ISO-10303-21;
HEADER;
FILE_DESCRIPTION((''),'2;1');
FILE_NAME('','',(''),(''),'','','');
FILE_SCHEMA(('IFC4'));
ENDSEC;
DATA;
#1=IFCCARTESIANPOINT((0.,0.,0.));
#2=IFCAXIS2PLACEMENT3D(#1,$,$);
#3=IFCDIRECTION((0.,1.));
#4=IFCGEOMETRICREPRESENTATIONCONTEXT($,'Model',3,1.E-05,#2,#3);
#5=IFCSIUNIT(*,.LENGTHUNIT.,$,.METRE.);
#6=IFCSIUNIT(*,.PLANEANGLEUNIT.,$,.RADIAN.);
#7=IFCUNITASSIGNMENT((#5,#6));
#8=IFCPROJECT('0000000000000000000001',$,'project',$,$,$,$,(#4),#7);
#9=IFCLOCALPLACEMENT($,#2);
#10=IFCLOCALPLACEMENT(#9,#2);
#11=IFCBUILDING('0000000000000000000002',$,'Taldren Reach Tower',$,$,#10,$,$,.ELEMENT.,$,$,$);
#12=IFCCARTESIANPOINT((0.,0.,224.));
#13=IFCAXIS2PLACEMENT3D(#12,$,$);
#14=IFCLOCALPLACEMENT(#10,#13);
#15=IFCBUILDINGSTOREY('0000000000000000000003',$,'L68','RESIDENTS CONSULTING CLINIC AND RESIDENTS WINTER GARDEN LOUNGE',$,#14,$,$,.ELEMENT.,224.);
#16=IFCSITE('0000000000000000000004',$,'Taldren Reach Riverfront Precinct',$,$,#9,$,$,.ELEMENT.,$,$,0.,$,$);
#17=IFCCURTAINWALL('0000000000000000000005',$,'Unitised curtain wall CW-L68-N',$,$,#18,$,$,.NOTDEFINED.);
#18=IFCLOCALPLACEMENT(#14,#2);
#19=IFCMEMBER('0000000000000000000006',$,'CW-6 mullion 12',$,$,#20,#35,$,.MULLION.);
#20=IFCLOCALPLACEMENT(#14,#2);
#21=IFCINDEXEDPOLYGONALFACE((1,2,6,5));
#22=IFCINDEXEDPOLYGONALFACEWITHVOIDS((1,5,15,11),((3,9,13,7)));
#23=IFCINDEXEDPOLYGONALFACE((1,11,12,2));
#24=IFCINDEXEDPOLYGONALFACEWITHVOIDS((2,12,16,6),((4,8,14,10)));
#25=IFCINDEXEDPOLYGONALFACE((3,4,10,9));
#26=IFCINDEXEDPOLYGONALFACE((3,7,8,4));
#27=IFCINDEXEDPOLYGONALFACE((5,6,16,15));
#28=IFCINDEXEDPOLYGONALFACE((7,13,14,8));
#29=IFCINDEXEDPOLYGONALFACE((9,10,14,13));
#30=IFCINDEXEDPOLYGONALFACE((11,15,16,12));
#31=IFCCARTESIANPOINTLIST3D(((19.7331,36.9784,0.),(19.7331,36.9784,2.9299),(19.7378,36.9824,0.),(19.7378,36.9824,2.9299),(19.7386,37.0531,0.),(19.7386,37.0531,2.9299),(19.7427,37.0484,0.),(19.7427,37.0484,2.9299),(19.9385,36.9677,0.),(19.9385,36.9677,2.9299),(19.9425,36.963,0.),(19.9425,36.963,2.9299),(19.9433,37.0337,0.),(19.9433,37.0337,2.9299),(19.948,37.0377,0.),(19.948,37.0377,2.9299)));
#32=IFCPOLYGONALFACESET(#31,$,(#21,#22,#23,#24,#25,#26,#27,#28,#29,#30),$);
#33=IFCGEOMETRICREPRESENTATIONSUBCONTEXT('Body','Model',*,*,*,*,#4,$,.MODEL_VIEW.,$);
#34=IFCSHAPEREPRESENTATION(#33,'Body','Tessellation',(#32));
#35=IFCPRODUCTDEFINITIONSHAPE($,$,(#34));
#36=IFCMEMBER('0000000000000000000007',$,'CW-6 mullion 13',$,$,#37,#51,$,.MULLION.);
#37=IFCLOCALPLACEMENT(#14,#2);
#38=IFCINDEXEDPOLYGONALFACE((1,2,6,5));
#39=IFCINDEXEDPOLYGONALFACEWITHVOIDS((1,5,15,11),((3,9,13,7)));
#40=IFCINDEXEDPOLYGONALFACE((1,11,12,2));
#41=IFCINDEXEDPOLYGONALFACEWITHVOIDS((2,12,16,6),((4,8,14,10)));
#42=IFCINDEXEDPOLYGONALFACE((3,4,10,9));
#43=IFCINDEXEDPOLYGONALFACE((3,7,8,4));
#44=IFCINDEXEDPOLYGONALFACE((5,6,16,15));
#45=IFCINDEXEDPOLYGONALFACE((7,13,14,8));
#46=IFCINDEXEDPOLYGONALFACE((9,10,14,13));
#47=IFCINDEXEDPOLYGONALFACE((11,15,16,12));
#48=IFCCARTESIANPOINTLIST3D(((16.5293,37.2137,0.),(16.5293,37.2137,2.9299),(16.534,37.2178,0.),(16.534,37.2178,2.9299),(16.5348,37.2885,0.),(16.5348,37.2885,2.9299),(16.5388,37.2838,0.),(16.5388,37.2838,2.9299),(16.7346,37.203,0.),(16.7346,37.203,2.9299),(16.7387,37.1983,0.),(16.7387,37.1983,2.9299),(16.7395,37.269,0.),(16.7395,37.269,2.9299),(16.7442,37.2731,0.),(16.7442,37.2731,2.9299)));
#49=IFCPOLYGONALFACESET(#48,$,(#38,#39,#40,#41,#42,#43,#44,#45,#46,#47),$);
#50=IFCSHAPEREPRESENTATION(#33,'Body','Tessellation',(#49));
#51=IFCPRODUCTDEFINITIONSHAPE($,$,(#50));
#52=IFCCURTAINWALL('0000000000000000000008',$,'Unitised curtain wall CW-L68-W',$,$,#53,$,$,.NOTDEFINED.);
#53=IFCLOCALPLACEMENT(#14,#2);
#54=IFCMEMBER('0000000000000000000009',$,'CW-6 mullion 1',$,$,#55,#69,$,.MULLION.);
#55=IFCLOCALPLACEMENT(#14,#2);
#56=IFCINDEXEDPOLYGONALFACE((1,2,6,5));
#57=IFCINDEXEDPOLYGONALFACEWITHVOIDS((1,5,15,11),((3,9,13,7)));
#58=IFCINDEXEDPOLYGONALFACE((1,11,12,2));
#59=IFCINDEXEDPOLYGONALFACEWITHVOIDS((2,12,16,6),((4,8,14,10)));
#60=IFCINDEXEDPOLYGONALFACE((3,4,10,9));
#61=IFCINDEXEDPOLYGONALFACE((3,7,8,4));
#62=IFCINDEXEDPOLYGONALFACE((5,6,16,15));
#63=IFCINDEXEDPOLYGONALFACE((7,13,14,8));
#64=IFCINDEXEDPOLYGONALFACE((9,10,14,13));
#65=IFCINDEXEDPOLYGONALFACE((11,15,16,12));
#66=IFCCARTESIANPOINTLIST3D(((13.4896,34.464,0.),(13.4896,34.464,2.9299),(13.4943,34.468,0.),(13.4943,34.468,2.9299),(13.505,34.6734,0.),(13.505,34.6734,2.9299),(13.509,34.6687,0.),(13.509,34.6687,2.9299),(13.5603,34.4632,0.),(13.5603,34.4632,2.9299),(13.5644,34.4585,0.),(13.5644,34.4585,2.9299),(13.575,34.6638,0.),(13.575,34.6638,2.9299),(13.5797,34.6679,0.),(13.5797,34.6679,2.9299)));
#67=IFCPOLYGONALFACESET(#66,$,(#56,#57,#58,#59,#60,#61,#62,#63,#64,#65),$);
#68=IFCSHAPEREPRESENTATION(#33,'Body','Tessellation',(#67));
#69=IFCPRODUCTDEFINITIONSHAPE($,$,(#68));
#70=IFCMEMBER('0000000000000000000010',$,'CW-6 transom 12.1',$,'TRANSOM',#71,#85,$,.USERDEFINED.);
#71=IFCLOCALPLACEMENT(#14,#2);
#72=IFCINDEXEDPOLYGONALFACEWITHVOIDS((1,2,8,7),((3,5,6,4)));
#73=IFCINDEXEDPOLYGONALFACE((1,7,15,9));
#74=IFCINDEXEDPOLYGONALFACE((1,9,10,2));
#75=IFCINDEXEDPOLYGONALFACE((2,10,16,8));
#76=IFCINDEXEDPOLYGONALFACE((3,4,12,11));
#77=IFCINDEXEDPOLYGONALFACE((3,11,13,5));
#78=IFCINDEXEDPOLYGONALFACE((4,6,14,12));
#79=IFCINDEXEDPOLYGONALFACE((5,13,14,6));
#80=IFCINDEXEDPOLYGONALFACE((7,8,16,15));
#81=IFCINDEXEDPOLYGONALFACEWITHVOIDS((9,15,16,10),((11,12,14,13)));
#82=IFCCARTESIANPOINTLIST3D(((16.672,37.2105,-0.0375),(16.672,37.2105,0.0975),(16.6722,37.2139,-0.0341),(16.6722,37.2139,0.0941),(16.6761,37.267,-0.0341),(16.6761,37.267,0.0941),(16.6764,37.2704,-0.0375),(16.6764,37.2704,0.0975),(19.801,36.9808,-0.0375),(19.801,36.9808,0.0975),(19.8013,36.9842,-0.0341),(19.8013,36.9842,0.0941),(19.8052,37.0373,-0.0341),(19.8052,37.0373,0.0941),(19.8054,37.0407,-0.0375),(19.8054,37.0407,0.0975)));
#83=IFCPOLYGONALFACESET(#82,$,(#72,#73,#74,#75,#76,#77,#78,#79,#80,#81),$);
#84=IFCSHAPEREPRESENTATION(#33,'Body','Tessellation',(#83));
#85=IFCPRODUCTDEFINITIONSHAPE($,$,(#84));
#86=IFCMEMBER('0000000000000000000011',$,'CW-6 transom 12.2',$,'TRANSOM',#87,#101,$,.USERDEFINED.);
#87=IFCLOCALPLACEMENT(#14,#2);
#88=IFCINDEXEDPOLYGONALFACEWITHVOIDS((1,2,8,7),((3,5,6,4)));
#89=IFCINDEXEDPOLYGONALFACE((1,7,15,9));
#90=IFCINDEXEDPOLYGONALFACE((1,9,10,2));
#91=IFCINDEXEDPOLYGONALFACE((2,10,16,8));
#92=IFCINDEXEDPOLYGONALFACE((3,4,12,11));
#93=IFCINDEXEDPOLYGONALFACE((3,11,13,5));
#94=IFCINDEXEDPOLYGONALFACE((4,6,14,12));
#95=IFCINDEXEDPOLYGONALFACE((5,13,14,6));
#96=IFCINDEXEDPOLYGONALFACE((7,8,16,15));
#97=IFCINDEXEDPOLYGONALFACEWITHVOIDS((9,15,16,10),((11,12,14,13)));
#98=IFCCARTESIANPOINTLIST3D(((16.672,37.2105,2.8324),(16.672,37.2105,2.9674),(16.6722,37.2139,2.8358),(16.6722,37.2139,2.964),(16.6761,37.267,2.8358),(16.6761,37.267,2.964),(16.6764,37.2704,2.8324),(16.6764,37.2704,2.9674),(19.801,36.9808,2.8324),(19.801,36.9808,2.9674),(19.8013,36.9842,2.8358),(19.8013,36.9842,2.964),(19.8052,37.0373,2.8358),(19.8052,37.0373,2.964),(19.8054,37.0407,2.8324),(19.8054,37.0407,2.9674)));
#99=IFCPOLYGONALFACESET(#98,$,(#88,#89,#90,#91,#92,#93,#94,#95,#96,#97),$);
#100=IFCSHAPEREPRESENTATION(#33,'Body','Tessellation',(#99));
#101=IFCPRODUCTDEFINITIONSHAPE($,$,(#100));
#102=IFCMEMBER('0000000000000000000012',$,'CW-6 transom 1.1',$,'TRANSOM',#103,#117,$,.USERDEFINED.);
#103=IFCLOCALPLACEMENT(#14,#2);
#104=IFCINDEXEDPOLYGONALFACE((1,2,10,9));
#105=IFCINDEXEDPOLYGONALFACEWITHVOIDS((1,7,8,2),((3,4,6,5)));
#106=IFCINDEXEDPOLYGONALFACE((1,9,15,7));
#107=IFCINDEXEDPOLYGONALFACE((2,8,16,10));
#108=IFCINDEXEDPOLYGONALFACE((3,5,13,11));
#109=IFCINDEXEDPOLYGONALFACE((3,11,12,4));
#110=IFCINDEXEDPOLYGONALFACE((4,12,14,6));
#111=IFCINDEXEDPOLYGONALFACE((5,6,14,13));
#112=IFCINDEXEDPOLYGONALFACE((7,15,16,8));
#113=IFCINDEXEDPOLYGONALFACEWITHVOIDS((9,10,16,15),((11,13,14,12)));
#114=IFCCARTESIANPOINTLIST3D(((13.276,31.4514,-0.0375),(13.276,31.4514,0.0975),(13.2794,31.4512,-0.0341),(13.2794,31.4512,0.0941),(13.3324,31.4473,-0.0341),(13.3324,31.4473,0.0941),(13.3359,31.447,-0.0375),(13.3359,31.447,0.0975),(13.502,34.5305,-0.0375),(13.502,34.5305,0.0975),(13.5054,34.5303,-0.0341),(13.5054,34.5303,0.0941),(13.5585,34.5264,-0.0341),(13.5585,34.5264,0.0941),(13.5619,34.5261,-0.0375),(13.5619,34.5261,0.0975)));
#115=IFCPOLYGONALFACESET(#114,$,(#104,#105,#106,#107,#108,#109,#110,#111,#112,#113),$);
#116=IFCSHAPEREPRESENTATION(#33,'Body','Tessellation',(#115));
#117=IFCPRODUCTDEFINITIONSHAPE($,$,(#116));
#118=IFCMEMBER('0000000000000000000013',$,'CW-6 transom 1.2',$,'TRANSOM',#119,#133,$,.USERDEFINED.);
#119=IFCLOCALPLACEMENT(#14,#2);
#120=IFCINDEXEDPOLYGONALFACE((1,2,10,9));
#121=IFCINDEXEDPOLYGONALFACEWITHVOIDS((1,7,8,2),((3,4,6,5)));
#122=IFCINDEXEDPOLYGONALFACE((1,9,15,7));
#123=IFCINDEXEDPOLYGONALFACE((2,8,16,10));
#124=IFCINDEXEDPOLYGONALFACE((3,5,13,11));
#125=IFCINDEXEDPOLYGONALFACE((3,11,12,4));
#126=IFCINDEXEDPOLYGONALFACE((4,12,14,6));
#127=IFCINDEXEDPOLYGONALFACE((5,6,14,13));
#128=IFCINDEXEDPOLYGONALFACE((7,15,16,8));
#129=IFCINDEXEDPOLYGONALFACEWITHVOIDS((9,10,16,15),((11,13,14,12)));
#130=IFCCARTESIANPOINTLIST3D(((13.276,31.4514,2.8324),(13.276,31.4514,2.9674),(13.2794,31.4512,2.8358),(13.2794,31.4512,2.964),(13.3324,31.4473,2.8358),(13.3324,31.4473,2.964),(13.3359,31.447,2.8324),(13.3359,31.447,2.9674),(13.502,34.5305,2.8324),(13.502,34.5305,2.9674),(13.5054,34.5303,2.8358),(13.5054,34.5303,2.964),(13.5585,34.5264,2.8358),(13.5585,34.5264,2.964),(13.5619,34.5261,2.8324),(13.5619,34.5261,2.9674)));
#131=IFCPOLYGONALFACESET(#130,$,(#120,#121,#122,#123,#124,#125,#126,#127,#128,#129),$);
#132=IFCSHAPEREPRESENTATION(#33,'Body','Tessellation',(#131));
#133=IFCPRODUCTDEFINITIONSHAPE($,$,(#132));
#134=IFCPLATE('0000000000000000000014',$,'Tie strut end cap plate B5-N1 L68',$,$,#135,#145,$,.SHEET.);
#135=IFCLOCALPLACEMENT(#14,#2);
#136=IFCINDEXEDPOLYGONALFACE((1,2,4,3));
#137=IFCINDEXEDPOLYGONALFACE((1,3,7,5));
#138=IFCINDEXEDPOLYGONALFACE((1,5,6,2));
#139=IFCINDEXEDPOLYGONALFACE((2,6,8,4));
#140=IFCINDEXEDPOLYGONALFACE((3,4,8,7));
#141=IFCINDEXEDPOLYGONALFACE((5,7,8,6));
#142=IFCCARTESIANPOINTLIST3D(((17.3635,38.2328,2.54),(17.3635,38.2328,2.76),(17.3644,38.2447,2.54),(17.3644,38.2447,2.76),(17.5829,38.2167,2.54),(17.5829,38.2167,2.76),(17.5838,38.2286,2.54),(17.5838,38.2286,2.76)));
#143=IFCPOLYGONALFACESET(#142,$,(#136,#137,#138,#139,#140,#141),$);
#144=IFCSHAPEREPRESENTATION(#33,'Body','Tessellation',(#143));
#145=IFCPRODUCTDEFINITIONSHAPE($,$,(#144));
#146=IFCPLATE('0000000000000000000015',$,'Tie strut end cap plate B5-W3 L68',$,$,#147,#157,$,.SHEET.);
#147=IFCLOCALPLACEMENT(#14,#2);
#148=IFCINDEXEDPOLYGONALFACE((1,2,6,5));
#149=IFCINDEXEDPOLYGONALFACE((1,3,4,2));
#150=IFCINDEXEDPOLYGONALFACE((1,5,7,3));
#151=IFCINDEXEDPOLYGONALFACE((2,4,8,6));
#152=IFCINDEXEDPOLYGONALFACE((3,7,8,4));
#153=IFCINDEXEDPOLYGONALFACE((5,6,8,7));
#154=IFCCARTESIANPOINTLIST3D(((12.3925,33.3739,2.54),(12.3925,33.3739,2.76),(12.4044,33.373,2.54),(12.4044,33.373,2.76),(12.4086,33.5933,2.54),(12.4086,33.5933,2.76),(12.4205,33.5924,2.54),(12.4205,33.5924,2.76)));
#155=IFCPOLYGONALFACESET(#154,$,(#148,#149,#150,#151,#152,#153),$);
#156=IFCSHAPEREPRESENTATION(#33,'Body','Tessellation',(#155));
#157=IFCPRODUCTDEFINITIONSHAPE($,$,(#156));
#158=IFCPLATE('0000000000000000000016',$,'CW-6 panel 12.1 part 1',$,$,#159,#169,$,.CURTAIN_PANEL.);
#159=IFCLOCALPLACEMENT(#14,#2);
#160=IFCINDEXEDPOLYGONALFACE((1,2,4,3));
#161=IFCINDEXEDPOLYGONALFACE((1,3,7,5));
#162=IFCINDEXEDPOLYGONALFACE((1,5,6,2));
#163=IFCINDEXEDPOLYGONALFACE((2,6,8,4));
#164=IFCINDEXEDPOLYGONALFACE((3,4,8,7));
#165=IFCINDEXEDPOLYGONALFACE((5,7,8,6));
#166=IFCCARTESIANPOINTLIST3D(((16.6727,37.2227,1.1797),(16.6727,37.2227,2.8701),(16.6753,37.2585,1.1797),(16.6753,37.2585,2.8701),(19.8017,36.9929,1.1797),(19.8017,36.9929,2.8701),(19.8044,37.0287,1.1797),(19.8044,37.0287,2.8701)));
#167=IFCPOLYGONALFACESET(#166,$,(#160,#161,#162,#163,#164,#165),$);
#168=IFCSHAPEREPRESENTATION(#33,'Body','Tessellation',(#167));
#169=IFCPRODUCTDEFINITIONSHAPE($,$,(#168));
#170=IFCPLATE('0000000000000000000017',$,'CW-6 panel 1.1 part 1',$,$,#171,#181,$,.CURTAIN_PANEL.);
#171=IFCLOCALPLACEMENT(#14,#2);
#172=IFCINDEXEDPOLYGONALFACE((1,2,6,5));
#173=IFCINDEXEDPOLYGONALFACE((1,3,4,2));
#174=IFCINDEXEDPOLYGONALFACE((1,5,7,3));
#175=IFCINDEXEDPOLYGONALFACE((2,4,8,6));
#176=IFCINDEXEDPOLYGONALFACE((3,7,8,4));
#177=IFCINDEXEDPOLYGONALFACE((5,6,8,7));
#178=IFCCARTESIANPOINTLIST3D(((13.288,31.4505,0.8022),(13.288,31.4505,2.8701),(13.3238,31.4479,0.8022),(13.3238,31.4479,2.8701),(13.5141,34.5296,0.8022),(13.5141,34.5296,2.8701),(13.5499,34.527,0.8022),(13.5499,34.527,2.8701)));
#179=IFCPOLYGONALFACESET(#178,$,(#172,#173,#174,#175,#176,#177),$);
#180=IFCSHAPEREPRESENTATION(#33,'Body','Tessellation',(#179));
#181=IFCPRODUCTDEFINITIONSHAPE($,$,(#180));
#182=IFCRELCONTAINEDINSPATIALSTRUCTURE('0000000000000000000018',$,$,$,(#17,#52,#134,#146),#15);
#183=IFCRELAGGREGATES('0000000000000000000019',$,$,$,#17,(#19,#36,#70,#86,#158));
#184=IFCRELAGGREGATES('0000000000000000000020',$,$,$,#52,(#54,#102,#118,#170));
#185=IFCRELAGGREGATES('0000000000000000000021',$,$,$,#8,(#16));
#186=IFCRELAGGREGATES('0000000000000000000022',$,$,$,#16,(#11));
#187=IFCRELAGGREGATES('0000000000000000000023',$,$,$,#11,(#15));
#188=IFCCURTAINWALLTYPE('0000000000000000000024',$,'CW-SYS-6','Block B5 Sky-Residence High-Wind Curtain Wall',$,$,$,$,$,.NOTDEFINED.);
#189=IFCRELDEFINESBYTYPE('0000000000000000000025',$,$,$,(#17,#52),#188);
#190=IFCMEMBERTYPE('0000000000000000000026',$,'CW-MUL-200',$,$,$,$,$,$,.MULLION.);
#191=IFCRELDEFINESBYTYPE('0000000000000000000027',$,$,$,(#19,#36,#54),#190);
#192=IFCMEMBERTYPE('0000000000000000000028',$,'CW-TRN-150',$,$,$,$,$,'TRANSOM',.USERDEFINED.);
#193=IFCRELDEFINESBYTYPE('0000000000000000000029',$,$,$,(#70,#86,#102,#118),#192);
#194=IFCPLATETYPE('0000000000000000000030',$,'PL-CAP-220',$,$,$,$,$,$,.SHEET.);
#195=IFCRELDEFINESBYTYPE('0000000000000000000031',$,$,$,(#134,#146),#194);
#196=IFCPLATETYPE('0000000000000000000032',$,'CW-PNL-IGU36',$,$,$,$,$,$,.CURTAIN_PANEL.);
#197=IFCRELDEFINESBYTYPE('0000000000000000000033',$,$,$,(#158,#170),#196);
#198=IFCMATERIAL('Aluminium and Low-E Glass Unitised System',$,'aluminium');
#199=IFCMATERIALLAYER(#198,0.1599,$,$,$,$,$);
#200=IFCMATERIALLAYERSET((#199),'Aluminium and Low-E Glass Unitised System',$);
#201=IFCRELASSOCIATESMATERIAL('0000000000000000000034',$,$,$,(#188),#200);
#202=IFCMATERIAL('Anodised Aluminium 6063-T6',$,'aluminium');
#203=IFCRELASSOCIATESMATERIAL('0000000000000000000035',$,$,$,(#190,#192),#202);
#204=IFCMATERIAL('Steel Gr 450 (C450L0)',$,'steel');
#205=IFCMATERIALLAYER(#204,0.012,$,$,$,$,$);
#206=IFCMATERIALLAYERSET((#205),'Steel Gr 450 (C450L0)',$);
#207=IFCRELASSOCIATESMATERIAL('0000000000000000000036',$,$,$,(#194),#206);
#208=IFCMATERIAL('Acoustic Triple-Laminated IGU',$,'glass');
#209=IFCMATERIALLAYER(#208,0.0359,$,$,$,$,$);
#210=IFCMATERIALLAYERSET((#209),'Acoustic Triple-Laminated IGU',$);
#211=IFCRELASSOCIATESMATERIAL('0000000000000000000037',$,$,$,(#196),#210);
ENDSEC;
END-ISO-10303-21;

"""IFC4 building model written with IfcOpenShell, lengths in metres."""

from ifc_helpers import new_model, si_unit, direction, frame, origin, origin_2d, place, context, subcontext, project, spatial, rectangle, hollow_rectangle, extrude, source, transform, mapped, material, layer, layer_set, material_profile, profile_set, type_object, element, aggregate, save


model = new_model("IFC4")

# Units and contexts
model_context = context("Model", 3, precision=1e-05, world=origin(), true_north=direction((0.0, 1.0)))
body_context = subcontext(model_context, "Body", "Model", "MODEL_VIEW")
ifc_project = project(units=[si_unit("LENGTHUNIT", "METRE"), si_unit("PLANEANGLEUNIT", "RADIAN")], contexts=[model_context])

# Site, building, storey
site_placement = place(None, origin())
site = spatial("IfcSite", under=ifc_project, at=site_placement, Name="Taldren Reach Riverfront Precinct", CompositionType="ELEMENT", RefElevation=0.0)
building_placement = place(site_placement, origin())
building = spatial("IfcBuilding", under=site, at=building_placement, Name="Taldren Reach Tower", CompositionType="ELEMENT")
storey_placement = place(building_placement, frame((0.0, 0.0, 224.0)))
storey = spatial("IfcBuildingStorey", under=building, at=storey_placement, Name="L68", Description="RESIDENTS CONSULTING CLINIC AND RESIDENTS WINTER GARDEN LOUNGE", CompositionType="ELEMENT", Elevation=224.0)

# Shared definitions
ifc_material_1 = material(Name="Steel Gr 450 (C450L0)", Category="steel")

# Curtain wall, members
ifc_material_2 = material(Name="Aluminium and Low-E Glass Unitised System", Category="aluminium")
ifc_layer_1 = layer(ifc_material_2, 0.1599)
ifc_layer_set_1 = layer_set([ifc_layer_1], Name="Aluminium and Low-E Glass Unitised System")
curtain_wall_type = type_object("IfcCurtainWallType", Name="CW-SYS-6", Description="Block B5 Sky-Residence High-Wind Curtain Wall", PredefinedType="NOTDEFINED", material=ifc_layer_set_1)
curtain_wall_1_placement = place(storey_placement, origin())
curtain_wall_1 = element("IfcCurtainWall", 1, at=curtain_wall_1_placement, inside=storey, type_object=curtain_wall_type, Name="Unitised curtain wall CW-L68-N", PredefinedType="NOTDEFINED")
ifc_material_3 = material(Name="Anodised Aluminium 6063-T6", Category="aluminium")
ifc_material_profile_1 = material_profile(ifc_material_3, hollow_rectangle(XDim=0.075, YDim=0.21, WallThickness=0.0044, at=origin_2d()), Name="ALU-210x75x4.5RHS")
ifc_profile_set_1 = profile_set([ifc_material_profile_1], Name="Anodised Aluminium 6063-T6")
member_type_1 = type_object("IfcMemberType", Name="CW-MUL-200", PredefinedType="MULLION", material=ifc_profile_set_1)
shared_shape_1 = source(origin(), body_context, "Body", "SweptSolid", [
    extrude(hollow_rectangle(XDim=0.075, YDim=0.21, WallThickness=0.0044, at=origin_2d()), origin(), (0.0, 0.0, 1.0), 2.9299),
])
member_1_placement = place(storey_placement, frame((19.8406, 37.0081, 0.0), z_axis=(0.0, 0.0, 1.0), x_axis=(-0.073238, -0.997314, 0.0)))
member_1 = element("IfcMember", 2, at=member_1_placement, type_object=member_type_1, Name="CW-6 mullion 12", PredefinedType="MULLION", context=body_context, shape_type="MappedRepresentation", body=[
    mapped(shared_shape_1, transform((0.0, 0.0, 0.0), scale=1.0)),
])
member_2_placement = place(storey_placement, frame((16.6367, 37.2434, 0.0), z_axis=(0.0, 0.0, 1.0), x_axis=(-0.073238, -0.997314, 0.0)))
member_2 = element("IfcMember", 3, at=member_2_placement, type_object=member_type_1, Name="CW-6 mullion 13", PredefinedType="MULLION", context=body_context, shape_type="MappedRepresentation", body=[
    mapped(shared_shape_1, transform((0.0, 0.0, 0.0), scale=1.0)),
])

# Curtain wall, member
curtain_wall_2_placement = place(storey_placement, origin())
curtain_wall_2 = element("IfcCurtainWall", 4, at=curtain_wall_2_placement, inside=storey, type_object=curtain_wall_type, Name="Unitised curtain wall CW-L68-W", PredefinedType="NOTDEFINED")
member_3_placement = place(storey_placement, frame((13.5347, 34.5659, 0.0), z_axis=(0.0, 0.0, 1.0), x_axis=(0.997314, -0.073238, 0.0)))
member_3 = element("IfcMember", 5, at=member_3_placement, type_object=member_type_1, Name="CW-6 mullion 1", PredefinedType="MULLION", context=body_context, shape_type="MappedRepresentation", body=[
    mapped(shared_shape_1, transform((0.0, 0.0, 0.0), scale=1.0)),
])

# Members
ifc_material_profile_2 = material_profile(ifc_material_3, hollow_rectangle(XDim=0.0601, YDim=0.135, WallThickness=0.0034, at=origin_2d()), Name="ALU-135x60x3.5RHS")
ifc_profile_set_2 = profile_set([ifc_material_profile_2], Name="Anodised Aluminium 6063-T6")
member_type_2 = type_object("IfcMemberType", Name="CW-TRN-150", ElementType="TRANSOM", PredefinedType="USERDEFINED", material=ifc_profile_set_2)
shared_shape_2 = source(origin(), body_context, "Body", "SweptSolid", [
    extrude(hollow_rectangle(XDim=0.0601, YDim=0.135, WallThickness=0.0034, at=origin_2d()), origin(), (0.0, 0.0, 1.0), 3.1375),
])
member_4_placement = place(storey_placement, frame((19.8032, 37.0107, 0.03), z_axis=(-0.997316, 0.073221, 0.0), x_axis=(-0.073221, -0.997316, 0.0)))
member_4 = element("IfcMember", 6, at=member_4_placement, type_object=member_type_2, Name="CW-6 transom 12.1", ObjectType="TRANSOM", PredefinedType="USERDEFINED", context=body_context, shape_type="MappedRepresentation", body=[
    mapped(shared_shape_2, transform((0.0, 0.0, 0.0), scale=1.0)),
])
member_5_placement = place(storey_placement, frame((19.8032, 37.0107, 2.8999), z_axis=(-0.997316, 0.073221, 0.0), x_axis=(-0.073221, -0.997316, 0.0)))
member_5 = element("IfcMember", 7, at=member_5_placement, type_object=member_type_2, Name="CW-6 transom 12.2", ObjectType="TRANSOM", PredefinedType="USERDEFINED", context=body_context, shape_type="MappedRepresentation", body=[
    mapped(shared_shape_2, transform((0.0, 0.0, 0.0), scale=1.0)),
])
shared_shape_3 = source(origin(), body_context, "Body", "SweptSolid", [
    extrude(hollow_rectangle(XDim=0.0601, YDim=0.135, WallThickness=0.0034, at=origin_2d()), origin(), (0.0, 0.0, 1.0), 3.0874),
])
member_6_placement = place(storey_placement, frame((13.532, 34.5283, 0.03), z_axis=(-0.073225, -0.997315, 0.0), x_axis=(0.997315, -0.073225, 0.0)))
member_6 = element("IfcMember", 8, at=member_6_placement, type_object=member_type_2, Name="CW-6 transom 1.1", ObjectType="TRANSOM", PredefinedType="USERDEFINED", context=body_context, shape_type="MappedRepresentation", body=[
    mapped(shared_shape_3, transform((0.0, 0.0, 0.0), scale=1.0)),
])
member_7_placement = place(storey_placement, frame((13.532, 34.5283, 2.8999), z_axis=(-0.073225, -0.997315, 0.0), x_axis=(0.997315, -0.073225, 0.0)))
member_7 = element("IfcMember", 9, at=member_7_placement, type_object=member_type_2, Name="CW-6 transom 1.2", ObjectType="TRANSOM", PredefinedType="USERDEFINED", context=body_context, shape_type="MappedRepresentation", body=[
    mapped(shared_shape_3, transform((0.0, 0.0, 0.0), scale=1.0)),
])

# Plates
ifc_layer_2 = layer(ifc_material_1, 0.012)
ifc_layer_set_2 = layer_set([ifc_layer_2], Name="Steel Gr 450 (C450L0)")
plate_type_1 = type_object("IfcPlateType", Name="PL-CAP-220", PredefinedType="SHEET", material=ifc_layer_set_2)
shared_shape_4 = source(origin(), body_context, "Body", "SweptSolid", [
    extrude(rectangle(XDim=0.22, YDim=0.012, at=origin_2d()), origin(), (0.0, 0.0, 1.0), 0.22),
])
plate_1_placement = place(storey_placement, frame((17.4736, 38.2307, 2.54), z_axis=(0.0, 0.0, 1.0), x_axis=(0.997314, -0.073238, 0.0)))
element("IfcPlate", 10, at=plate_1_placement, inside=storey, type_object=plate_type_1, Name="Tie strut end cap plate B5-N1 L68", PredefinedType="SHEET", context=body_context, shape_type="MappedRepresentation", body=[
    mapped(shared_shape_4, transform((0.0, 0.0, 0.0), scale=1.0)),
])
shared_shape_5 = source(origin(), body_context, "Body", "SweptSolid", [
    extrude(rectangle(XDim=0.012, YDim=0.22, at=origin_2d()), origin(), (0.0, 0.0, 1.0), 0.22),
])
plate_2_placement = place(storey_placement, frame((12.4065, 33.4832, 2.54), z_axis=(0.0, 0.0, 1.0), x_axis=(0.997314, -0.073238, 0.0)))
element("IfcPlate", 11, at=plate_2_placement, inside=storey, type_object=plate_type_1, Name="Tie strut end cap plate B5-W3 L68", PredefinedType="SHEET", context=body_context, shape_type="MappedRepresentation", body=[
    mapped(shared_shape_5, transform((0.0, 0.0, 0.0), scale=1.0)),
])

# Plates
ifc_material_4 = material(Name="Acoustic Triple-Laminated IGU", Category="glass")
ifc_layer_3 = layer(ifc_material_4, 0.0359)
ifc_layer_set_3 = layer_set([ifc_layer_3], Name="Acoustic Triple-Laminated IGU")
plate_type_2 = type_object("IfcPlateType", Name="CW-PNL-IGU36", PredefinedType="CURTAIN_PANEL", material=ifc_layer_set_3)
shared_shape_6 = source(origin(), body_context, "Body", "SweptSolid", [
    extrude(rectangle(XDim=3.1375, YDim=0.0359, at=origin_2d()), origin(), (0.0, 0.0, 1.0), 1.6904),
])
plate_3_placement = place(storey_placement, frame((18.2385, 37.1257, 1.1797), z_axis=(0.0, 0.0, 1.0), x_axis=(-0.997314, 0.073238, 0.0)))
plate_3 = element("IfcPlate", 12, at=plate_3_placement, type_object=plate_type_2, Name="CW-6 panel 12.1 part 1", PredefinedType="CURTAIN_PANEL", context=body_context, shape_type="MappedRepresentation", body=[
    mapped(shared_shape_6, transform((0.0, 0.0, 0.0), scale=1.0)),
])
aggregate(curtain_wall_1, [member_1, member_2, member_4, member_5, plate_3])
shared_shape_7 = source(origin(), body_context, "Body", "SweptSolid", [
    extrude(rectangle(XDim=3.0874, YDim=0.0359, at=origin_2d()), origin(), (0.0, 0.0, 1.0), 2.0679),
])
plate_4_placement = place(storey_placement, frame((13.4189, 32.9888, 0.8022), z_axis=(0.0, 0.0, 1.0), x_axis=(-0.073238, -0.997314, 0.0)))
plate_4 = element("IfcPlate", 13, at=plate_4_placement, type_object=plate_type_2, Name="CW-6 panel 1.1 part 1", PredefinedType="CURTAIN_PANEL", context=body_context, shape_type="MappedRepresentation", body=[
    mapped(shared_shape_7, transform((0.0, 0.0, 0.0), scale=1.0)),
])
aggregate(curtain_wall_2, [member_3, member_6, member_7, plate_4])

save(model, "model.ifc")
